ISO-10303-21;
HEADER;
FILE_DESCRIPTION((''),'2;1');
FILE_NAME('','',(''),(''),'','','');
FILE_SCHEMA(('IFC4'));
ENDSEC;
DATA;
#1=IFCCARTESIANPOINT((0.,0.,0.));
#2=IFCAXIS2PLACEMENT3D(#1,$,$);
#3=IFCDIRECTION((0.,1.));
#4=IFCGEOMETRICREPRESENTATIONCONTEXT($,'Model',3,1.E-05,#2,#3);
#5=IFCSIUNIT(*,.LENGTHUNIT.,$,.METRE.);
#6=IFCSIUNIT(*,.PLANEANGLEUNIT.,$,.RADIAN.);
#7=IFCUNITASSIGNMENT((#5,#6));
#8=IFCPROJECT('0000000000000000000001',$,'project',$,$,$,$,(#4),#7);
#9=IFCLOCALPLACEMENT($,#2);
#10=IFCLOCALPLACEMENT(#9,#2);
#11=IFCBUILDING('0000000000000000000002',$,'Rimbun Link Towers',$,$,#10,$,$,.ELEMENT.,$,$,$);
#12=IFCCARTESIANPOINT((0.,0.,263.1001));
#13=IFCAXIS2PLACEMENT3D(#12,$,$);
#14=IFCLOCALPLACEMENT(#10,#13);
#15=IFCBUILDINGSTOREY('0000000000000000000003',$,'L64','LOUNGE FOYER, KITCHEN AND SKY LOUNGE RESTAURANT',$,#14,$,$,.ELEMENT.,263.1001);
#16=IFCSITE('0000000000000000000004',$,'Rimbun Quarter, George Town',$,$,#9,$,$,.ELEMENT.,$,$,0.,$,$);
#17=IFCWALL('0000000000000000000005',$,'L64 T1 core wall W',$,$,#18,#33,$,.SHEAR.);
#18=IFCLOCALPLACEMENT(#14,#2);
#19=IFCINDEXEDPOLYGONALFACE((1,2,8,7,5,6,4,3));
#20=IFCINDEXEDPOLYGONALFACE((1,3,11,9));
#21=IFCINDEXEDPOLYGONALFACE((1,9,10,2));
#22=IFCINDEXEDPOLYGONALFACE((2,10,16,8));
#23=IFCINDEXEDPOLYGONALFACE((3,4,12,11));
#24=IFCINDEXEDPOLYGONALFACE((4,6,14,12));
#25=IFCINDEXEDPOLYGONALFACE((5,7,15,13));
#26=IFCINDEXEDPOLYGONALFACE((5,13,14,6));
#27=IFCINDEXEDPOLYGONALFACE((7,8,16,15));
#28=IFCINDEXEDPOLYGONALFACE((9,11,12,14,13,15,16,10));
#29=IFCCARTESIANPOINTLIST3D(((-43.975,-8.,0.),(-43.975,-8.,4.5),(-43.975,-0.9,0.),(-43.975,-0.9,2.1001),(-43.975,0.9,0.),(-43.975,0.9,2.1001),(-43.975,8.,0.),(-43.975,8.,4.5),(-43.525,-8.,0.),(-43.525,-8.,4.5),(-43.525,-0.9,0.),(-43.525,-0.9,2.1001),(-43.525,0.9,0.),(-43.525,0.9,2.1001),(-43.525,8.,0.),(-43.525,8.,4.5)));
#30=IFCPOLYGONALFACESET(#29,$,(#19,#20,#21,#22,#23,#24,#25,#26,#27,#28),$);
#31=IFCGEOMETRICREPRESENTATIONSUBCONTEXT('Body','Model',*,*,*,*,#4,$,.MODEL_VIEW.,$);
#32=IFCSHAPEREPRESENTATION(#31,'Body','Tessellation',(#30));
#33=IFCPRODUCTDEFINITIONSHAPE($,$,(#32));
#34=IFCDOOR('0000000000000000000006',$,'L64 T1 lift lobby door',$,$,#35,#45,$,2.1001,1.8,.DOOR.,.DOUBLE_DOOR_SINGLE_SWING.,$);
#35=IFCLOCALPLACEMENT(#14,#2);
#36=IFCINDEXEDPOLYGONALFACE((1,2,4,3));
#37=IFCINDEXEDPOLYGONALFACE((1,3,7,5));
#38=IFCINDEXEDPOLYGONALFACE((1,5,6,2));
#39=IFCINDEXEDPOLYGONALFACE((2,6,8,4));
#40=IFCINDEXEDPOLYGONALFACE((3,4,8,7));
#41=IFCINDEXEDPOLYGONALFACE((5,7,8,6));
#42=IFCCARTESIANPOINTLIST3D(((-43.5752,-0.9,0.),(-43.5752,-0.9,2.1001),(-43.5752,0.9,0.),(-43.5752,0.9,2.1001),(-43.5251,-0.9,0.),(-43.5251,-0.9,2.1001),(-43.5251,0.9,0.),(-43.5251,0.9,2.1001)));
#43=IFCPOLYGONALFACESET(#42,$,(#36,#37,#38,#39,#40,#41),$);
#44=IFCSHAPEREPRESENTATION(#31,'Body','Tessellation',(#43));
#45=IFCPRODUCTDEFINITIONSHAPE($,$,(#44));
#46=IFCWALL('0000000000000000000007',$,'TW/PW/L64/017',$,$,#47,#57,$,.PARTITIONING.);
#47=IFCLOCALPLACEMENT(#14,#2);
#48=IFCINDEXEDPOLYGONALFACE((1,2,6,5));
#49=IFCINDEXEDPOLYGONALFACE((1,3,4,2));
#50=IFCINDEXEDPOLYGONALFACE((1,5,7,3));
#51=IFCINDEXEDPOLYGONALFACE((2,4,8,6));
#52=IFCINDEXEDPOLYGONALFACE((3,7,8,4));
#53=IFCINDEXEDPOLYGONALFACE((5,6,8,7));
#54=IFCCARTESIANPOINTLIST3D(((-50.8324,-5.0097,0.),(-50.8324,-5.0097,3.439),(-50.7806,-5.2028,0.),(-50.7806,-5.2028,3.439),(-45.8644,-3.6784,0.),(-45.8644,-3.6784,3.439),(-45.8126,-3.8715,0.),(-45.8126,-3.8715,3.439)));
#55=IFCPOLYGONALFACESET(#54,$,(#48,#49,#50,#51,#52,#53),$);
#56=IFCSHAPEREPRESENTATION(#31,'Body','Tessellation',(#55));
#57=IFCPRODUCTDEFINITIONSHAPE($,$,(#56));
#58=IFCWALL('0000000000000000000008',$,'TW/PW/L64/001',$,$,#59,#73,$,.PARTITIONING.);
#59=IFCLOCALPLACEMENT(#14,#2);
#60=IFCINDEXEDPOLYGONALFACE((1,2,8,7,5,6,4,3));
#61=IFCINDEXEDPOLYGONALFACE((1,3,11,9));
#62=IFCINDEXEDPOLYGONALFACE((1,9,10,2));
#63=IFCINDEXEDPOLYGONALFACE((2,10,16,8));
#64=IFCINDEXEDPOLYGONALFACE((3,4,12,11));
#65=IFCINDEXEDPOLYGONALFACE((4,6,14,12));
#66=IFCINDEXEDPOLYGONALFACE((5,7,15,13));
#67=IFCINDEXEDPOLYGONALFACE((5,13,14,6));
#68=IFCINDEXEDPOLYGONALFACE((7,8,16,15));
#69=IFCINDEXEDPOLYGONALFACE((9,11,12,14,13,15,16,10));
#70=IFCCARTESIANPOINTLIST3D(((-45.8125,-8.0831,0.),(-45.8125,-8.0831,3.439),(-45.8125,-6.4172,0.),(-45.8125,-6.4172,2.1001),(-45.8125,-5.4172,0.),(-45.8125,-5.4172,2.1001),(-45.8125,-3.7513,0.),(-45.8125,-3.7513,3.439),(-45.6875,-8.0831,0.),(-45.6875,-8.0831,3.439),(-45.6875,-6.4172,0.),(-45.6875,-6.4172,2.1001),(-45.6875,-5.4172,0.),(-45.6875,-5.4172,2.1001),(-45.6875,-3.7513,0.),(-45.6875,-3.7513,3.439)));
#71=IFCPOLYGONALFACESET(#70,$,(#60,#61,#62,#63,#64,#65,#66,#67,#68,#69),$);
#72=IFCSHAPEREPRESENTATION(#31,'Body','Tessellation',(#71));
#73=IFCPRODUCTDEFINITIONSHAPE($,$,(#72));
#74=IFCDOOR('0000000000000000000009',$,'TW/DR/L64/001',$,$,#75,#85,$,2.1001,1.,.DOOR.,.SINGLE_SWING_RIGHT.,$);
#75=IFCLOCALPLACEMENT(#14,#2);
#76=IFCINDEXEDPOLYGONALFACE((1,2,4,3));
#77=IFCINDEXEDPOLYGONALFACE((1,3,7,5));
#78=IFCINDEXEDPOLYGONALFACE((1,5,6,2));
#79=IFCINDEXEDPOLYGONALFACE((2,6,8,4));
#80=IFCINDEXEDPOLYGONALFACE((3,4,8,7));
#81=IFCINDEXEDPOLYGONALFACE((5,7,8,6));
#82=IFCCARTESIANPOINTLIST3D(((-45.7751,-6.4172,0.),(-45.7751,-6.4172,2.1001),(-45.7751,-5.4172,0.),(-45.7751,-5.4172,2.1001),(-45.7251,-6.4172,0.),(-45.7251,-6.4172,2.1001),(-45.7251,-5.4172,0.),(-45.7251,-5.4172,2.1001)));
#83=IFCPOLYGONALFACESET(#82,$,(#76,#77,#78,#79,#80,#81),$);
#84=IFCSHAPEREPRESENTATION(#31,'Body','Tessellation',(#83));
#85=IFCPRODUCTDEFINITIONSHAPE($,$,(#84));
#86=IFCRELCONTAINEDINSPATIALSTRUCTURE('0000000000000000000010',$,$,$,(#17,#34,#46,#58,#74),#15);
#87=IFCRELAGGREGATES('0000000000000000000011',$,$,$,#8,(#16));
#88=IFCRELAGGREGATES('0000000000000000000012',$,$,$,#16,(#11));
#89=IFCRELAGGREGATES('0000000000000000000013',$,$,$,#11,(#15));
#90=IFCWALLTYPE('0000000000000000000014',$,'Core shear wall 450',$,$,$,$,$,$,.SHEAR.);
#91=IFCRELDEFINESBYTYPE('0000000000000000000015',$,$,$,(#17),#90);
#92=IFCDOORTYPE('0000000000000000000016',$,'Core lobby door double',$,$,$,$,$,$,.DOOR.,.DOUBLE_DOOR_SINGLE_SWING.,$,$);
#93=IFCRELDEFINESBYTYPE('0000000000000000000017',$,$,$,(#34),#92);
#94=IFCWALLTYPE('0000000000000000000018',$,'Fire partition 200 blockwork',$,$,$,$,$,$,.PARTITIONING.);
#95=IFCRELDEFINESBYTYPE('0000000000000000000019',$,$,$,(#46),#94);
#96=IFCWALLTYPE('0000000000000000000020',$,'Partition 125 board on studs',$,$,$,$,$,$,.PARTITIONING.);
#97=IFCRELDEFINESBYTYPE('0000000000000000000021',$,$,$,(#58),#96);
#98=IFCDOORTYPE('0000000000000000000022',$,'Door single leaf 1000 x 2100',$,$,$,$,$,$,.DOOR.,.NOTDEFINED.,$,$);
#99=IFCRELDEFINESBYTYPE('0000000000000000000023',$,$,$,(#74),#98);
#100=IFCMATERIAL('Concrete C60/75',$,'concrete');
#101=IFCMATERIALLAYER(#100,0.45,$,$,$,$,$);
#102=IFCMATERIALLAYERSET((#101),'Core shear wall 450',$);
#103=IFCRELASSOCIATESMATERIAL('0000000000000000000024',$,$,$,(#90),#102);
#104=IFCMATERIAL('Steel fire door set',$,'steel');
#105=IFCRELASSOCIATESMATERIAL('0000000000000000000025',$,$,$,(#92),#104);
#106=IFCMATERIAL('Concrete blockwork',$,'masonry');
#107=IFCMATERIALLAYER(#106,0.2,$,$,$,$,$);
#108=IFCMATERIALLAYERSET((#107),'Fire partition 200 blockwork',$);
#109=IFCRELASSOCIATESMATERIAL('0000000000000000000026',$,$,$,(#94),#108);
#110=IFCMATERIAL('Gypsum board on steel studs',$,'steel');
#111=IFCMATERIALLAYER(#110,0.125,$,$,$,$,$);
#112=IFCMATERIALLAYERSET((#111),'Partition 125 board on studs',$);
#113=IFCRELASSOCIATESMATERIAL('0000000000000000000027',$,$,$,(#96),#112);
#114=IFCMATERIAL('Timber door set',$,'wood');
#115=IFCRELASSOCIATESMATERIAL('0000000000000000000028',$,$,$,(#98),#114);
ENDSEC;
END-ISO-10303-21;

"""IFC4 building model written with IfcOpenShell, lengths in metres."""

from ifc_helpers import new_model, si_unit, direction, frame, frame_2d, origin, place, context, subcontext, project, spatial, rectangle, extrude, material, layer, layer_set, type_object, element, fill, save


model = new_model("IFC4")

# Units and contexts
model_context = context("Model", 3, precision=1e-05, world=origin(), true_north=direction((0.0, 1.0)))
body_context = subcontext(model_context, "Body", "Model", "MODEL_VIEW")
ifc_project = project(units=[si_unit("LENGTHUNIT", "METRE"), si_unit("PLANEANGLEUNIT", "RADIAN")], contexts=[model_context])

# Site, building, storey
site_placement = place(None, origin())
site = spatial("IfcSite", under=ifc_project, at=site_placement, Name="Rimbun Quarter, George Town", CompositionType="ELEMENT", RefElevation=0.0)
building_placement = place(site_placement, origin())
building = spatial("IfcBuilding", under=site, at=building_placement, Name="Rimbun Link Towers", CompositionType="ELEMENT")
storey_placement = place(building_placement, frame((0.0, 0.0, 263.1001)))
storey = spatial("IfcBuildingStorey", under=building, at=storey_placement, Name="L64", Description="LOUNGE FOYER, KITCHEN AND SKY LOUNGE RESTAURANT", CompositionType="ELEMENT", Elevation=263.1001)

# Wall, opening, door
ifc_material_1 = material(Name="Concrete C60/75", Category="concrete")
ifc_layer_1 = layer(ifc_material_1, 0.45)
ifc_layer_set_1 = layer_set([ifc_layer_1], Name="Core shear wall 450")
wall_type_1 = type_object("IfcWallType", Name="Core shear wall 450", PredefinedType="SHEAR", material=ifc_layer_set_1)
wall_1_placement = place(storey_placement, frame((-43.75, -8.0, 0.0), z_axis=(0.0, 0.0, 1.0), x_axis=(0.0, 1.0, 0.0)))
wall_1 = element("IfcWall", 1, at=wall_1_placement, inside=storey, type_object=wall_type_1, Name="L64 T1 core wall W", PredefinedType="SHEAR", context=body_context, shape_type="SweptSolid", body=[
    extrude(rectangle(XDim=16.0, YDim=0.45, at=frame_2d((8.0, 0.0))), origin(), (0.0, 0.0, 1.0), 4.5),
])
opening_1_placement = place(wall_1_placement, frame((7.1001, 0.0, 0.0)))
opening_1 = element("IfcOpeningElement", 2, at=opening_1_placement, cuts=wall_1, PredefinedType="OPENING", context=body_context, shape_type="SweptSolid", body=[
    extrude(rectangle(XDim=1.8, YDim=2.1001, at=frame_2d((0.8999, 1.05))), frame((0.0, 0.2349, 0.0), z_axis=(0.0, -1.0, 0.0), x_axis=(1.0, 0.0, 0.0)), (0.0, 0.0, 1.0), 0.47),
])
ifc_material_2 = material(Name="Steel fire door set", Category="steel")
door_type_1 = type_object("IfcDoorType", Name="Core lobby door double", OperationType="DOUBLE_DOOR_SINGLE_SWING", PredefinedType="DOOR", material=ifc_material_2)
door_1_placement = place(opening_1_placement, origin())
door_1 = element("IfcDoor", 3, at=door_1_placement, inside=storey, type_object=door_type_1, Name="L64 T1 lift lobby door", OperationType="DOUBLE_DOOR_SINGLE_SWING", OverallHeight=2.1001, OverallWidth=1.8, PredefinedType="DOOR", context=body_context, shape_type="SweptSolid", body=[
    extrude(rectangle(XDim=1.8, YDim=2.1001, at=frame_2d((0.8999, 1.05))), frame((0.0, -0.1748, 0.0), z_axis=(0.0, -1.0, 0.0), x_axis=(1.0, 0.0, 0.0)), (0.0, 0.0, 1.0), 0.05),
])
fill(opening_1, door_1)

# Wall
ifc_material_3 = material(Name="Concrete blockwork", Category="masonry")
ifc_layer_2 = layer(ifc_material_3, 0.2)
ifc_layer_set_2 = layer_set([ifc_layer_2], Name="Fire partition 200 blockwork")
wall_type_2 = type_object("IfcWallType", Name="Fire partition 200 blockwork", PredefinedType="PARTITIONING", material=ifc_layer_set_2)
wall_2_placement = place(storey_placement, frame((-45.8384, -3.7749, 0.0), z_axis=(0.0, 0.0, 1.0), x_axis=(-0.96592, -0.258841, 0.0)))
element("IfcWall", 4, at=wall_2_placement, inside=storey, type_object=wall_type_2, Name="TW/PW/L64/017", PredefinedType="PARTITIONING", context=body_context, shape_type="SweptSolid", body=[
    extrude(rectangle(XDim=5.1433, YDim=0.2, at=frame_2d((2.5718, 0.0))), origin(), (0.0, 0.0, 1.0), 3.439),
])

# Wall, opening, door
ifc_material_4 = material(Name="Gypsum board on steel studs", Category="steel")
ifc_layer_3 = layer(ifc_material_4, 0.125)
ifc_layer_set_3 = layer_set([ifc_layer_3], Name="Partition 125 board on studs")
wall_type_3 = type_object("IfcWallType", Name="Partition 125 board on studs", PredefinedType="PARTITIONING", material=ifc_layer_set_3)
wall_3_placement = place(storey_placement, frame((-45.75, -3.7512, 0.0), z_axis=(0.0, 0.0, 1.0), x_axis=(0.0, -1.0, 0.0)))
wall_3 = element("IfcWall", 5, at=wall_3_placement, inside=storey, type_object=wall_type_3, Name="TW/PW/L64/001", PredefinedType="PARTITIONING", context=body_context, shape_type="SweptSolid", body=[
    extrude(rectangle(XDim=4.3318, YDim=0.125, at=frame_2d((2.166, 0.0))), origin(), (0.0, 0.0, 1.0), 3.439),
])
opening_2_placement = place(wall_3_placement, frame((1.666, 0.0, 0.0)))
opening_2 = element("IfcOpeningElement", 6, at=opening_2_placement, cuts=wall_3, PredefinedType="OPENING", context=body_context, shape_type="SweptSolid", body=[
    extrude(rectangle(XDim=1.0, YDim=2.1001, at=frame_2d((0.5, 1.05))), frame((0.0, 0.0725, 0.0), z_axis=(0.0, -1.0, 0.0), x_axis=(1.0, 0.0, 0.0)), (0.0, 0.0, 1.0), 0.145),
])
ifc_material_5 = material(Name="Timber door set", Category="wood")
door_type_2 = type_object("IfcDoorType", Name="Door single leaf 1000 x 2100", OperationType="NOTDEFINED", PredefinedType="DOOR", material=ifc_material_5)
door_2_placement = place(opening_2_placement, origin())
door_2 = element("IfcDoor", 7, at=door_2_placement, inside=storey, type_object=door_type_2, Name="TW/DR/L64/001", OperationType="SINGLE_SWING_RIGHT", OverallHeight=2.1001, OverallWidth=1.0, PredefinedType="DOOR", context=body_context, shape_type="SweptSolid", body=[
    extrude(rectangle(XDim=1.0, YDim=2.1001, at=frame_2d((0.5, 1.05))), frame((0.0, 0.0249, 0.0), z_axis=(0.0, -1.0, 0.0), x_axis=(1.0, 0.0, 0.0)), (0.0, 0.0, 1.0), 0.05),
])
fill(opening_2, door_2)

save(model, "model.ifc")
